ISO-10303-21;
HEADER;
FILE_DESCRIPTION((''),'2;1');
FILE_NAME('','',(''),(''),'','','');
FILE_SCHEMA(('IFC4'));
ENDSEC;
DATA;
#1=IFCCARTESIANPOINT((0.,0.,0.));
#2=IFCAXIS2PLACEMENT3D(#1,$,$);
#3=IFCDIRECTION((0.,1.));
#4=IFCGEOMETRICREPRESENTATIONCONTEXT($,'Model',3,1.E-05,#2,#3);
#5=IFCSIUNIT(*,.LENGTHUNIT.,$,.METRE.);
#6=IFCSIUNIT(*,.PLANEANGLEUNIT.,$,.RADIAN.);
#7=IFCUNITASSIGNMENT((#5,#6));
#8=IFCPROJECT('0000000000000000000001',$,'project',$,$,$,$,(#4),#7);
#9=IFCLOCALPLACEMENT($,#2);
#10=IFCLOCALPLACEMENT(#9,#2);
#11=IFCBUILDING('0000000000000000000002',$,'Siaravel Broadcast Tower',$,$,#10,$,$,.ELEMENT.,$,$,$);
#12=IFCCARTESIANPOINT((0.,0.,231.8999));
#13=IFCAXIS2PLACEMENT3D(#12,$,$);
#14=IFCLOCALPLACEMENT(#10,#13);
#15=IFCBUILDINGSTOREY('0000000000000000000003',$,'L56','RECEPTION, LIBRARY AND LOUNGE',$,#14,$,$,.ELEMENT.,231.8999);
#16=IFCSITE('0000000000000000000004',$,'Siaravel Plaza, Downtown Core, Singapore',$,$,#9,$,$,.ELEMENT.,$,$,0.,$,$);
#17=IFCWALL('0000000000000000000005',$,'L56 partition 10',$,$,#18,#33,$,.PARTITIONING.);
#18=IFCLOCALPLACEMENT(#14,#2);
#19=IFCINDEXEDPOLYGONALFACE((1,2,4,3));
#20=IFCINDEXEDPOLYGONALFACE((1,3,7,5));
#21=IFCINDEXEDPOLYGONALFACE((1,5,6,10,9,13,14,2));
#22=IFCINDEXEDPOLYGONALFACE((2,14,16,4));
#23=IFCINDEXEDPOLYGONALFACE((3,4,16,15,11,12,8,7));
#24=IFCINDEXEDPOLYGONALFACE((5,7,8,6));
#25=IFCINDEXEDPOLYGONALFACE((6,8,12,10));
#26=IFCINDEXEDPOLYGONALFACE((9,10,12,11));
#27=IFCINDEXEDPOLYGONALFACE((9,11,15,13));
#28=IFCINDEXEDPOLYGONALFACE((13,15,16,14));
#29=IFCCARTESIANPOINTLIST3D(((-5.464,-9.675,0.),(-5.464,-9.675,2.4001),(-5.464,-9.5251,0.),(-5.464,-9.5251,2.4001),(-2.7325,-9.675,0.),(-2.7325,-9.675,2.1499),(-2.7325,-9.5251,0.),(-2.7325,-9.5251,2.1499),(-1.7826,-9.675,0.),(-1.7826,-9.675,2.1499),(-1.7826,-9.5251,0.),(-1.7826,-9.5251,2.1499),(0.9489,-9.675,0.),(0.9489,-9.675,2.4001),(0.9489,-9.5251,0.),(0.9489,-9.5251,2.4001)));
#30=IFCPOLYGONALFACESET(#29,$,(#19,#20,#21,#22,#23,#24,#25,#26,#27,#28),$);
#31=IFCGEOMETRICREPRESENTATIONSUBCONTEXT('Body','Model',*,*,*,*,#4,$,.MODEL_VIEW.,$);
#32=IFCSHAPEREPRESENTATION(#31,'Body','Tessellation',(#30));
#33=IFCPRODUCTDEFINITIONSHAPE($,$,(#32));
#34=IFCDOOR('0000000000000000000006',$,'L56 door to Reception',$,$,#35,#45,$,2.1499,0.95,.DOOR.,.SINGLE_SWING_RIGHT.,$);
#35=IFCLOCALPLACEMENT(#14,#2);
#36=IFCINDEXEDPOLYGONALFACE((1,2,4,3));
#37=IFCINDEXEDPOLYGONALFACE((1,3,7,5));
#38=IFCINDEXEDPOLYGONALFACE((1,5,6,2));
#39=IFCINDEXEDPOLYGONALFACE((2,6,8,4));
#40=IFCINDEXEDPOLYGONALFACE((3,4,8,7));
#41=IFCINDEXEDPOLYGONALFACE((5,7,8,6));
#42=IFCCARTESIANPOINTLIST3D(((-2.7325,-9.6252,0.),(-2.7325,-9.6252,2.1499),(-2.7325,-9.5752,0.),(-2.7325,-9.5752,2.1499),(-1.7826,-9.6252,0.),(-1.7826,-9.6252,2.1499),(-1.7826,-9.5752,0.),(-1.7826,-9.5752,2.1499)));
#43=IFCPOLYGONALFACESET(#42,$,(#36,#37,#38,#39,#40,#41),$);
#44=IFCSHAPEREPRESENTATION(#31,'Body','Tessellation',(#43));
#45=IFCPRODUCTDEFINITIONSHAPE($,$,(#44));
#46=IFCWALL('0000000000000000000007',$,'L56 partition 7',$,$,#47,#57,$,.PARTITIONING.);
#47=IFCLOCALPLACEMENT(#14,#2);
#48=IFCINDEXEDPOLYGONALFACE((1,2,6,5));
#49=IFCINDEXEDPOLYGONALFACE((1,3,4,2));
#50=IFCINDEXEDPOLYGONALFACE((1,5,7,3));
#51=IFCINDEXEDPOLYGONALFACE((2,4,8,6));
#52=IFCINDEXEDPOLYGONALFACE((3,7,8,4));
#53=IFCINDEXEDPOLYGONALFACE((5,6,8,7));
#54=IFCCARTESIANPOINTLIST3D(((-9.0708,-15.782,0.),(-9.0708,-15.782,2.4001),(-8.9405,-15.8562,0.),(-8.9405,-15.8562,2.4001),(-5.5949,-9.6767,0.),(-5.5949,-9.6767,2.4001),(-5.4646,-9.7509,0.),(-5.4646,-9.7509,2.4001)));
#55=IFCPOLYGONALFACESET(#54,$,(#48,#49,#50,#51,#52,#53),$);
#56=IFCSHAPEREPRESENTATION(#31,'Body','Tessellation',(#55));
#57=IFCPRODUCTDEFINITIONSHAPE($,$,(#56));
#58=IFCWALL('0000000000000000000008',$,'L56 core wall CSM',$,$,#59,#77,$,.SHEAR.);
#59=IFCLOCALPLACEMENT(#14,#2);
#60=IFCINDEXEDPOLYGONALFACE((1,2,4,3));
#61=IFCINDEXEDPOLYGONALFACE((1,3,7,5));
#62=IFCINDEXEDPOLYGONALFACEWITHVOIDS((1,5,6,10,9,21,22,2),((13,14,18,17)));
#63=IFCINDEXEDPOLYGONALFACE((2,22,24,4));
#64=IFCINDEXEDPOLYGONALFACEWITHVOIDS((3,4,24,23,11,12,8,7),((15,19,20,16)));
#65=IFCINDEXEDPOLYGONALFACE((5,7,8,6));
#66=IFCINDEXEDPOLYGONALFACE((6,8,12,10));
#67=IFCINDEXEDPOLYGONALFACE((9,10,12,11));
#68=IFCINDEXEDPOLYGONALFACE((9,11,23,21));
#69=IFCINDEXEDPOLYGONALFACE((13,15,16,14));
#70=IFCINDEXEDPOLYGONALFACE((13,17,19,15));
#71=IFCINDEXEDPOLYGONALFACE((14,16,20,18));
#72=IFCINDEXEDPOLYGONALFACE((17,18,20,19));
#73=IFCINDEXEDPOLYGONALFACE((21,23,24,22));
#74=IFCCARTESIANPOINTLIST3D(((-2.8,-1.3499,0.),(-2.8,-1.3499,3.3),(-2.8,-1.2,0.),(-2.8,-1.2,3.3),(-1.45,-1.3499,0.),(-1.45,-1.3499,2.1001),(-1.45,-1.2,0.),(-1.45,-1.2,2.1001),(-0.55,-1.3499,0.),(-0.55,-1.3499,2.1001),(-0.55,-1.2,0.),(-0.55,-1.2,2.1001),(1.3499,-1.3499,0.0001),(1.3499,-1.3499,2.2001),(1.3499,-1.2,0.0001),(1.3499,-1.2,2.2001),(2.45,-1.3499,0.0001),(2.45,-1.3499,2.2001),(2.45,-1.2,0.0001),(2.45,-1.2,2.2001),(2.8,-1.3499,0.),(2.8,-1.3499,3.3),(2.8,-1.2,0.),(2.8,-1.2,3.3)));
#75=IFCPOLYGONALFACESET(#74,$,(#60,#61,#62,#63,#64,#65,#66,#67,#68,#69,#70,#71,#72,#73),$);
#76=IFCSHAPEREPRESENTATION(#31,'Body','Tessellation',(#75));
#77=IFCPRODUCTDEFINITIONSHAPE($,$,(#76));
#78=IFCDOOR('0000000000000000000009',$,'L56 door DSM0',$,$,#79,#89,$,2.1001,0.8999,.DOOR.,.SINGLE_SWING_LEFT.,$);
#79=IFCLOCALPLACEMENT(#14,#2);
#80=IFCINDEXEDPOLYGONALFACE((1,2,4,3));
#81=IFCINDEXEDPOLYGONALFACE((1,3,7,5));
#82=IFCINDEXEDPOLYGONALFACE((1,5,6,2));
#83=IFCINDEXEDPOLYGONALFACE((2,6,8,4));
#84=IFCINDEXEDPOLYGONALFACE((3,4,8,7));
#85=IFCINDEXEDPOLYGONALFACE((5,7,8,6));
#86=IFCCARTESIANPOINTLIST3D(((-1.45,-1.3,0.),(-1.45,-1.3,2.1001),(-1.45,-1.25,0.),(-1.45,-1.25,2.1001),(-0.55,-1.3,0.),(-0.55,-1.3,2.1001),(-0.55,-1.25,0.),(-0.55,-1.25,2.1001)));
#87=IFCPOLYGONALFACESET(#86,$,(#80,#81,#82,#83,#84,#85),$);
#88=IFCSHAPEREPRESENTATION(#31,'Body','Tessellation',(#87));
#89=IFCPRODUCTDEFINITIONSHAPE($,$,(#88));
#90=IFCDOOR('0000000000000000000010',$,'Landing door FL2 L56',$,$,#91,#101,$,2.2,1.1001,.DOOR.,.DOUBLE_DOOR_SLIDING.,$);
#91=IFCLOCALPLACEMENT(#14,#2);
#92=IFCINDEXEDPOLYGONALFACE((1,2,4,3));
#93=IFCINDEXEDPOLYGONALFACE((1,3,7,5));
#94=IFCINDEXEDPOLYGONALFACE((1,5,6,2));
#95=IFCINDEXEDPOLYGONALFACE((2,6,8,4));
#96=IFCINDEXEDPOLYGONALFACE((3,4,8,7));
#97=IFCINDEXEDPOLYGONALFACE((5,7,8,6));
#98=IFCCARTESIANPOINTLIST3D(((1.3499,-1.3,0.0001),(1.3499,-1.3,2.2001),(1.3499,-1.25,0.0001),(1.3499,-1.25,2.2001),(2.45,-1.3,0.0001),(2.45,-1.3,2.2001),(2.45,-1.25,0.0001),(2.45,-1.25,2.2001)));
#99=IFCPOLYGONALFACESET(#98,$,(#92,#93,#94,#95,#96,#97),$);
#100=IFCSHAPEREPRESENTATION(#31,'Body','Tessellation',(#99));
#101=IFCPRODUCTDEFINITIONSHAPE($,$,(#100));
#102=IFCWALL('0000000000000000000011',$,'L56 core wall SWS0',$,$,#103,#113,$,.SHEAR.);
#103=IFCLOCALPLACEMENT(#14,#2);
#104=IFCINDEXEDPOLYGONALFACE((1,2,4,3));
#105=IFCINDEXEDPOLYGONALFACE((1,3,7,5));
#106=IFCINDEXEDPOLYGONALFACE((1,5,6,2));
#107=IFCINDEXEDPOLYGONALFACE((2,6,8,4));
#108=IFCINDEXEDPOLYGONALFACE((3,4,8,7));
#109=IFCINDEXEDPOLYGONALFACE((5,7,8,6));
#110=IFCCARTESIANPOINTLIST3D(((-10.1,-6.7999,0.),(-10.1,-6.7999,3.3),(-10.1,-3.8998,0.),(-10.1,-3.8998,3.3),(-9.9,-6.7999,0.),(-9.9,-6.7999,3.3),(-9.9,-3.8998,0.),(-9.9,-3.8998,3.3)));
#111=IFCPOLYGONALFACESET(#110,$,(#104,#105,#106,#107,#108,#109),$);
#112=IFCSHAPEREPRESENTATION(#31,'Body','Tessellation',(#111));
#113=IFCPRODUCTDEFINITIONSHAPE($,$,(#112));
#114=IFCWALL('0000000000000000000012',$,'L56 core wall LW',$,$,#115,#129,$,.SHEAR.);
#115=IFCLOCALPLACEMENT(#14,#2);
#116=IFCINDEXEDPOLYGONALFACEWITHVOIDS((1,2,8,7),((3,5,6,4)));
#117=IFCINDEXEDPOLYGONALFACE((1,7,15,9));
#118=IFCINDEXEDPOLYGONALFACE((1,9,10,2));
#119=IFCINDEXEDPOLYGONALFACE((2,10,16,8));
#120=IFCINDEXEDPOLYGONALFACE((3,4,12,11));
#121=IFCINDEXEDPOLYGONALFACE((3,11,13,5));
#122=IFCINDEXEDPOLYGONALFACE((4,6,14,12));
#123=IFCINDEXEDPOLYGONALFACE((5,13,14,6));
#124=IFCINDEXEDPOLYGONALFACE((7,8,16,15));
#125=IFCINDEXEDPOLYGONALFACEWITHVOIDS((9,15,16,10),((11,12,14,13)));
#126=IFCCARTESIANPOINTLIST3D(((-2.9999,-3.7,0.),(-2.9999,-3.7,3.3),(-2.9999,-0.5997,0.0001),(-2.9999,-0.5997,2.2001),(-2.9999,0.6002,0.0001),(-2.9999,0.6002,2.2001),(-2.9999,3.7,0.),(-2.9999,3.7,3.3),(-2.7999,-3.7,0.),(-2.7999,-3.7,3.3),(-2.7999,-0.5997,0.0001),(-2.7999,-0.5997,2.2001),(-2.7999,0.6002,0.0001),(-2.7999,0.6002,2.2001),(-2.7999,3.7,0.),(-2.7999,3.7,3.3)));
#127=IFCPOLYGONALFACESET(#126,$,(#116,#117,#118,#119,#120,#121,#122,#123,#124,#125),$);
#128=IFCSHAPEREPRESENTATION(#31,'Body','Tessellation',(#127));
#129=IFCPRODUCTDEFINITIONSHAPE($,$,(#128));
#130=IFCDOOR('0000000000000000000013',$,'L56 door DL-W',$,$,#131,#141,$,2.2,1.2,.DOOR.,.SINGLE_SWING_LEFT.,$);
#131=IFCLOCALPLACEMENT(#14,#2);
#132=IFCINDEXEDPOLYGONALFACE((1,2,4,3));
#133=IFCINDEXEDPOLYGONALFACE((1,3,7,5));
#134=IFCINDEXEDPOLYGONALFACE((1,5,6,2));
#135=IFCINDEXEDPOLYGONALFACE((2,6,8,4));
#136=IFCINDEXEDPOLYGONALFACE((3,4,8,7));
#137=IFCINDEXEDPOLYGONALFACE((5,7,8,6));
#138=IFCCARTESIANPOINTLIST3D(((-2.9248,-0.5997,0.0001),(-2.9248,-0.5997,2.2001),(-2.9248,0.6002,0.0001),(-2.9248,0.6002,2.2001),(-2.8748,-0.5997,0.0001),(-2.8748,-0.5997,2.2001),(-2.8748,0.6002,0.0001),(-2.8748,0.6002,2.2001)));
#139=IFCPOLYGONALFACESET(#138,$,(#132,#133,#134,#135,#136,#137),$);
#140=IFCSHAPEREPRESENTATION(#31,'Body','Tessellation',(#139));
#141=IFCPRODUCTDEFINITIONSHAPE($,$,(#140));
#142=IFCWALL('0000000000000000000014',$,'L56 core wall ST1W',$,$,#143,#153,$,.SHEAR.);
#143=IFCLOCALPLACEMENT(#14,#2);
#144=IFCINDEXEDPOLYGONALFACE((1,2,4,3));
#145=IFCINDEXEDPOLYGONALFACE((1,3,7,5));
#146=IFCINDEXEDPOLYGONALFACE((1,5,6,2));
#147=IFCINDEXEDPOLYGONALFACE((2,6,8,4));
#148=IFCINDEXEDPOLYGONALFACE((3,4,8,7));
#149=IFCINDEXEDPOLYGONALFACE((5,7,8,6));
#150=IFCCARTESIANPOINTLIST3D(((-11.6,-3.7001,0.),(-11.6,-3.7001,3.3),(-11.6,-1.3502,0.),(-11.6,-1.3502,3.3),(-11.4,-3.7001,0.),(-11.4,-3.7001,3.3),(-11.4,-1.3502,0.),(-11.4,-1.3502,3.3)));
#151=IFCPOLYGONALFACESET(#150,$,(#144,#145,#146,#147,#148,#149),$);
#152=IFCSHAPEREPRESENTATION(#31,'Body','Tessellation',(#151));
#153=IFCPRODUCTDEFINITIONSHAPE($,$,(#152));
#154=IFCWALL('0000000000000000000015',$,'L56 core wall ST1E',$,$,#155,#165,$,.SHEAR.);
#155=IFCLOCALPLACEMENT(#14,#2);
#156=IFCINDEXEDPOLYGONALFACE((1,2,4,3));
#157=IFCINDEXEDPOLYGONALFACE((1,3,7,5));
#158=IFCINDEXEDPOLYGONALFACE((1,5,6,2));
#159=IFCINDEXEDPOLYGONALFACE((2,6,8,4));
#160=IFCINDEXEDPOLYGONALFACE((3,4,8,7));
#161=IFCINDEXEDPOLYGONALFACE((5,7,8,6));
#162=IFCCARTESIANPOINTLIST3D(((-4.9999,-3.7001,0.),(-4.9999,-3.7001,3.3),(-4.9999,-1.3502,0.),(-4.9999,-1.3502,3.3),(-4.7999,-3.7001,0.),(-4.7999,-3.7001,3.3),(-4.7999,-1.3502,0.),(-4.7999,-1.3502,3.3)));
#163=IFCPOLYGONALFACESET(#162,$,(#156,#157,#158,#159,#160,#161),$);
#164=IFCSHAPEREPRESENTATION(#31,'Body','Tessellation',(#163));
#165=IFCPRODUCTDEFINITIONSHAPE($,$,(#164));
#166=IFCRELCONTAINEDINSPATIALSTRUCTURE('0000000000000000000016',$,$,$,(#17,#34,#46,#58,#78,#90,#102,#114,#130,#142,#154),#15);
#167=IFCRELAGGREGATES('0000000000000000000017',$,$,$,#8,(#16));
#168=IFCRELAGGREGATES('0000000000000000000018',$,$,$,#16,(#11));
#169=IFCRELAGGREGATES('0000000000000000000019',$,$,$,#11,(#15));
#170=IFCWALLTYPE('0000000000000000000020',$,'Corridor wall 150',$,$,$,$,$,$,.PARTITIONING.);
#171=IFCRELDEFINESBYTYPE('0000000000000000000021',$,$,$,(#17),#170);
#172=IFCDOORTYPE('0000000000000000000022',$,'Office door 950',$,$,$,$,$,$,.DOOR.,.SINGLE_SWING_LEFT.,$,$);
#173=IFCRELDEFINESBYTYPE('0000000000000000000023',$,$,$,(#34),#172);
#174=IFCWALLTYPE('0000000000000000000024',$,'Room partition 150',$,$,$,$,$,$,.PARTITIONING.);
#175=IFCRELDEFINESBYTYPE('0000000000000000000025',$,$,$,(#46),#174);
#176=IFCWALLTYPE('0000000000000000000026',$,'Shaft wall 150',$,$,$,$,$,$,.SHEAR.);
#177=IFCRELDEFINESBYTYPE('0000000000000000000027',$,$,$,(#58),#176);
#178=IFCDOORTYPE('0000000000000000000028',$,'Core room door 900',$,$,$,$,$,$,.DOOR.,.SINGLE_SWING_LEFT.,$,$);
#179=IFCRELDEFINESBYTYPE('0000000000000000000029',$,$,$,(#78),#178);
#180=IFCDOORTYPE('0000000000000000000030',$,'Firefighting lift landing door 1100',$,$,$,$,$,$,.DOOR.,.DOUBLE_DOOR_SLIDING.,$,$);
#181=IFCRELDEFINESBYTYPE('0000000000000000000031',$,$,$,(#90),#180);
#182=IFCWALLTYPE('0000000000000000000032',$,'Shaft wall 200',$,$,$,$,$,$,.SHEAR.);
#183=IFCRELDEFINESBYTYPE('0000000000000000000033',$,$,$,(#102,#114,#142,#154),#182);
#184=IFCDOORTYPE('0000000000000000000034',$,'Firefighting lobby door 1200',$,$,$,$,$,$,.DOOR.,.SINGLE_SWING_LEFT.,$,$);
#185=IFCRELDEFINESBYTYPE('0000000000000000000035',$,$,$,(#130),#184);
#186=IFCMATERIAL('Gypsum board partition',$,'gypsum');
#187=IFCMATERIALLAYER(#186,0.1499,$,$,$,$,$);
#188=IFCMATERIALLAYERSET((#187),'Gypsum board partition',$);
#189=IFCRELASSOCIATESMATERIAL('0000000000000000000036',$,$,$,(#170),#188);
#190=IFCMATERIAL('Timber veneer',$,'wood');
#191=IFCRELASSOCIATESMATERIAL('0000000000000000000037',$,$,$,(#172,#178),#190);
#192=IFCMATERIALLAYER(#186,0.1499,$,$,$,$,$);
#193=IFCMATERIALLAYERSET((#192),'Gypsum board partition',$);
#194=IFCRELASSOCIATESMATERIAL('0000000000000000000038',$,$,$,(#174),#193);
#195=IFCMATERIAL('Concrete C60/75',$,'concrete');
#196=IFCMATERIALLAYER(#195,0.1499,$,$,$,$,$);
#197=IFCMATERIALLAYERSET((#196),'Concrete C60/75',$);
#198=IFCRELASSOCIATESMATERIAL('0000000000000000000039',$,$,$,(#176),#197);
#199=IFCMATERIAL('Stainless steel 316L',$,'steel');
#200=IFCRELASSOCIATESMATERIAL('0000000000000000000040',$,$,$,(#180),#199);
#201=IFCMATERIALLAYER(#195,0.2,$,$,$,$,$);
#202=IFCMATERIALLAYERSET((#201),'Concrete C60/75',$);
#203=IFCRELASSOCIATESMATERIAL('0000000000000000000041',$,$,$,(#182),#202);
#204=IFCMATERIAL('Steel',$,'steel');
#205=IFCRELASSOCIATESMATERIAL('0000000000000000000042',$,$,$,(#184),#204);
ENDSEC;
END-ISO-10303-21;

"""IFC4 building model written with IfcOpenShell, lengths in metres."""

from ifc_helpers import new_model, si_unit, direction, frame, frame_2d, origin, place, context, subcontext, project, spatial, rectangle, extrude, material, layer, layer_set, type_object, element, fill, save


model = new_model("IFC4")

# Units and contexts
model_context = context("Model", 3, precision=1e-05, world=origin(), true_north=direction((0.0, 1.0)))
body_context = subcontext(model_context, "Body", "Model", "MODEL_VIEW")
ifc_project = project(units=[si_unit("LENGTHUNIT", "METRE"), si_unit("PLANEANGLEUNIT", "RADIAN")], contexts=[model_context])

# Site, building, storey
site_placement = place(None, origin())
site = spatial("IfcSite", under=ifc_project, at=site_placement, Name="Siaravel Plaza, Downtown Core, Singapore", CompositionType="ELEMENT", RefElevation=0.0)
building_placement = place(site_placement, origin())
building = spatial("IfcBuilding", under=site, at=building_placement, Name="Siaravel Broadcast Tower", CompositionType="ELEMENT")
storey_placement = place(building_placement, frame((0.0, 0.0, 231.8999)))
storey = spatial("IfcBuildingStorey", under=building, at=storey_placement, Name="L56", Description="RECEPTION, LIBRARY AND LOUNGE", CompositionType="ELEMENT", Elevation=231.8999)

# Wall, opening, door
ifc_material_1 = material(Name="Gypsum board partition", Category="gypsum")
ifc_layer_1 = layer(ifc_material_1, 0.1499)
ifc_layer_set_1 = layer_set([ifc_layer_1], Name="Gypsum board partition")
wall_type_1 = type_object("IfcWallType", Name="Corridor wall 150", PredefinedType="PARTITIONING", material=ifc_layer_set_1)
wall_1_placement = place(storey_placement, frame((-5.4641, -9.6001, 0.0), z_axis=(0.0, 0.0, 1.0), x_axis=(1.0, 0.0, 0.0)))
wall_1 = element("IfcWall", 1, at=wall_1_placement, inside=storey, type_object=wall_type_1, Name="L56 partition 10", PredefinedType="PARTITIONING", context=body_context, shape_type="SweptSolid", body=[
    extrude(rectangle(XDim=6.4128, YDim=0.1499, at=frame_2d((3.2065, 0.0))), origin(), (0.0, 0.0, 1.0), 2.4001),
])
opening_1_placement = place(wall_1_placement, frame((2.7314, 0.0, 0.0)))
opening_1 = element("IfcOpeningElement", 2, at=opening_1_placement, cuts=wall_1, PredefinedType="OPENING", context=body_context, shape_type="SweptSolid", body=[
    extrude(rectangle(XDim=0.95, YDim=2.1499, at=frame_2d((0.4751, 1.075))), frame((0.0, 0.085, 0.0), z_axis=(0.0, -1.0, 0.0), x_axis=(1.0, 0.0, 0.0)), (0.0, 0.0, 1.0), 0.1699),
])
ifc_material_2 = material(Name="Timber veneer", Category="wood")
door_type_1 = type_object("IfcDoorType", Name="Office door 950", OperationType="SINGLE_SWING_LEFT", PredefinedType="DOOR", material=ifc_material_2)
door_1_placement = place(opening_1_placement, origin())
door_1 = element("IfcDoor", 3, at=door_1_placement, inside=storey, type_object=door_type_1, Name="L56 door to Reception", OperationType="SINGLE_SWING_RIGHT", OverallHeight=2.1499, OverallWidth=0.95, PredefinedType="DOOR", context=body_context, shape_type="SweptSolid", body=[
    extrude(rectangle(XDim=0.95, YDim=2.1499, at=frame_2d((0.4751, 1.075))), frame((0.0, 0.0249, 0.0), z_axis=(0.0, -1.0, 0.0), x_axis=(1.0, 0.0, 0.0)), (0.0, 0.0, 1.0), 0.05),
])
fill(opening_1, door_1)

# Wall
ifc_layer_2 = layer(ifc_material_1, 0.1499)
ifc_layer_set_2 = layer_set([ifc_layer_2], Name="Gypsum board partition")
wall_type_2 = type_object("IfcWallType", Name="Room partition 150", PredefinedType="PARTITIONING", material=ifc_layer_set_2)
wall_2_placement = place(storey_placement, frame((-9.0056, -15.8191, 0.0), z_axis=(0.0, 0.0, 1.0), x_axis=(0.494757, 0.869031, 0.0)))
element("IfcWall", 4, at=wall_2_placement, inside=storey, type_object=wall_type_2, Name="L56 partition 7", PredefinedType="PARTITIONING", context=body_context, shape_type="SweptSolid", body=[
    extrude(rectangle(XDim=7.0254, YDim=0.1499, at=frame_2d((3.5127, 0.0))), origin(), (0.0, 0.0, 1.0), 2.4001),
])

# Wall, openings, doors
ifc_material_3 = material(Name="Concrete C60/75", Category="concrete")
ifc_layer_3 = layer(ifc_material_3, 0.1499)
ifc_layer_set_3 = layer_set([ifc_layer_3], Name="Concrete C60/75")
wall_type_3 = type_object("IfcWallType", Name="Shaft wall 150", PredefinedType="SHEAR", material=ifc_layer_set_3)
wall_3_placement = place(storey_placement, frame((-2.8, -1.2749, 0.0), z_axis=(0.0, 0.0, 1.0), x_axis=(1.0, 0.0, 0.0)))
wall_3 = element("IfcWall", 5, at=wall_3_placement, inside=storey, type_object=wall_type_3, Name="L56 core wall CSM", PredefinedType="SHEAR", context=body_context, shape_type="SweptSolid", body=[
    extrude(rectangle(XDim=5.6001, YDim=0.1499, at=frame_2d((2.8, 0.0))), origin(), (0.0, 0.0, 1.0), 3.3),
])
opening_2_placement = place(wall_3_placement, frame((4.1499, 0.0, 0.0)))
opening_2 = element("IfcOpeningElement", 6, at=opening_2_placement, cuts=wall_3, PredefinedType="OPENING", context=body_context, shape_type="SweptSolid", body=[
    extrude(rectangle(XDim=1.1001, YDim=2.2, at=frame_2d((0.55, 1.1001))), frame((0.0, 0.085, 0.0), z_axis=(0.0, -1.0, 0.0), x_axis=(1.0, 0.0, 0.0)), (0.0, 0.0, 1.0), 0.1699),
])
opening_3_placement = place(wall_3_placement, frame((1.3501, 0.0, 0.0)))
opening_3 = element("IfcOpeningElement", 7, at=opening_3_placement, cuts=wall_3, PredefinedType="OPENING", context=body_context, shape_type="SweptSolid", body=[
    extrude(rectangle(XDim=0.8999, YDim=2.1001, at=frame_2d((0.45, 1.05))), frame((0.0, 0.085, 0.0), z_axis=(0.0, -1.0, 0.0), x_axis=(1.0, 0.0, 0.0)), (0.0, 0.0, 1.0), 0.1699),
])
door_type_2 = type_object("IfcDoorType", Name="Core room door 900", OperationType="SINGLE_SWING_LEFT", PredefinedType="DOOR", material=ifc_material_2)
door_2_placement = place(opening_3_placement, origin())
door_2 = element("IfcDoor", 8, at=door_2_placement, inside=storey, type_object=door_type_2, Name="L56 door DSM0", OperationType="SINGLE_SWING_LEFT", OverallHeight=2.1001, OverallWidth=0.8999, PredefinedType="DOOR", context=body_context, shape_type="SweptSolid", body=[
    extrude(rectangle(XDim=0.8999, YDim=2.1001, at=frame_2d((0.45, 1.05))), frame((0.0, 0.0249, 0.0), z_axis=(0.0, -1.0, 0.0), x_axis=(1.0, 0.0, 0.0)), (0.0, 0.0, 1.0), 0.05),
])
fill(opening_3, door_2)
ifc_material_4 = material(Name="Stainless steel 316L", Category="steel")
door_type_3 = type_object("IfcDoorType", Name="Firefighting lift landing door 1100", OperationType="DOUBLE_DOOR_SLIDING", PredefinedType="DOOR", material=ifc_material_4)
door_3_placement = place(opening_2_placement, origin())
door_3 = element("IfcDoor", 9, at=door_3_placement, inside=storey, type_object=door_type_3, Name="Landing door FL2 L56", OperationType="DOUBLE_DOOR_SLIDING", OverallHeight=2.2, OverallWidth=1.1001, PredefinedType="DOOR", context=body_context, shape_type="SweptSolid", body=[
    extrude(rectangle(XDim=1.1001, YDim=2.2, at=frame_2d((0.55, 1.1001))), frame((0.0, 0.0249, 0.0), z_axis=(0.0, -1.0, 0.0), x_axis=(1.0, 0.0, 0.0)), (0.0, 0.0, 1.0), 0.05),
])
fill(opening_2, door_3)

# Wall
ifc_layer_4 = layer(ifc_material_3, 0.2)
ifc_layer_set_4 = layer_set([ifc_layer_4], Name="Concrete C60/75")
wall_type_4 = type_object("IfcWallType", Name="Shaft wall 200", PredefinedType="SHEAR", material=ifc_layer_set_4)
wall_4_placement = place(storey_placement, frame((-10.0, -6.8, 0.0), z_axis=(0.0, 0.0, 1.0), x_axis=(0.0, 1.0, 0.0)))
element("IfcWall", 10, at=wall_4_placement, inside=storey, type_object=wall_type_4, Name="L56 core wall SWS0", PredefinedType="SHEAR", context=body_context, shape_type="SweptSolid", body=[
    extrude(rectangle(XDim=2.9001, YDim=0.2, at=frame_2d((1.4502, 0.0))), origin(), (0.0, 0.0, 1.0), 3.3),
])

# Wall, opening, door
wall_5_placement = place(storey_placement, frame((-2.8999, -3.7, 0.0), z_axis=(0.0, 0.0, 1.0), x_axis=(0.0, 1.0, 0.0)))
wall_5 = element("IfcWall", 11, at=wall_5_placement, inside=storey, type_object=wall_type_4, Name="L56 core wall LW", PredefinedType="SHEAR", context=body_context, shape_type="SweptSolid", body=[
    extrude(rectangle(XDim=7.3999, YDim=0.2, at=frame_2d((3.7, 0.0))), origin(), (0.0, 0.0, 1.0), 3.3),
])
opening_4_placement = place(wall_5_placement, frame((3.1001, 0.0, 0.0)))
opening_4 = element("IfcOpeningElement", 12, at=opening_4_placement, cuts=wall_5, PredefinedType="OPENING", context=body_context, shape_type="SweptSolid", body=[
    extrude(rectangle(XDim=1.2, YDim=2.2, at=frame_2d((0.6001, 1.1001))), frame((0.0, 0.1099, 0.0), z_axis=(0.0, -1.0, 0.0), x_axis=(1.0, 0.0, 0.0)), (0.0, 0.0, 1.0), 0.22),
])
ifc_material_5 = material(Name="Steel", Category="steel")
door_type_4 = type_object("IfcDoorType", Name="Firefighting lobby door 1200", OperationType="SINGLE_SWING_LEFT", PredefinedType="DOOR", material=ifc_material_5)
door_4_placement = place(opening_4_placement, origin())
door_4 = element("IfcDoor", 13, at=door_4_placement, inside=storey, type_object=door_type_4, Name="L56 door DL-W", OperationType="SINGLE_SWING_LEFT", OverallHeight=2.2, OverallWidth=1.2, PredefinedType="DOOR", context=body_context, shape_type="SweptSolid", body=[
    extrude(rectangle(XDim=1.2, YDim=2.2, at=frame_2d((0.6001, 1.1001))), frame((0.0, 0.0249, 0.0), z_axis=(0.0, -1.0, 0.0), x_axis=(1.0, 0.0, 0.0)), (0.0, 0.0, 1.0), 0.05),
])
fill(opening_4, door_4)

# Walls
for number, where, z_axis, x_axis, name in (
    (14, (-11.5, -3.7, 0.0), (0.0, 0.0, 1.0), (0.0, 1.0, 0.0), "L56 core wall ST1W"),
    (15, (-4.8999, -3.7, 0.0), (0.0, 0.0, 1.0), (0.0, 1.0, 0.0), "L56 core wall ST1E"),
):
    element("IfcWall", number, at=place(storey_placement, frame(where, z_axis=z_axis, x_axis=x_axis)), inside=storey, type_object=wall_type_4, Name=name, PredefinedType="SHEAR", context=body_context, shape_type="SweptSolid", body=[
        extrude(rectangle(XDim=2.3499, YDim=0.2, at=frame_2d((1.1748, 0.0))), origin(), (0.0, 0.0, 1.0), 3.3),
    ])

save(model, "model.ifc")
